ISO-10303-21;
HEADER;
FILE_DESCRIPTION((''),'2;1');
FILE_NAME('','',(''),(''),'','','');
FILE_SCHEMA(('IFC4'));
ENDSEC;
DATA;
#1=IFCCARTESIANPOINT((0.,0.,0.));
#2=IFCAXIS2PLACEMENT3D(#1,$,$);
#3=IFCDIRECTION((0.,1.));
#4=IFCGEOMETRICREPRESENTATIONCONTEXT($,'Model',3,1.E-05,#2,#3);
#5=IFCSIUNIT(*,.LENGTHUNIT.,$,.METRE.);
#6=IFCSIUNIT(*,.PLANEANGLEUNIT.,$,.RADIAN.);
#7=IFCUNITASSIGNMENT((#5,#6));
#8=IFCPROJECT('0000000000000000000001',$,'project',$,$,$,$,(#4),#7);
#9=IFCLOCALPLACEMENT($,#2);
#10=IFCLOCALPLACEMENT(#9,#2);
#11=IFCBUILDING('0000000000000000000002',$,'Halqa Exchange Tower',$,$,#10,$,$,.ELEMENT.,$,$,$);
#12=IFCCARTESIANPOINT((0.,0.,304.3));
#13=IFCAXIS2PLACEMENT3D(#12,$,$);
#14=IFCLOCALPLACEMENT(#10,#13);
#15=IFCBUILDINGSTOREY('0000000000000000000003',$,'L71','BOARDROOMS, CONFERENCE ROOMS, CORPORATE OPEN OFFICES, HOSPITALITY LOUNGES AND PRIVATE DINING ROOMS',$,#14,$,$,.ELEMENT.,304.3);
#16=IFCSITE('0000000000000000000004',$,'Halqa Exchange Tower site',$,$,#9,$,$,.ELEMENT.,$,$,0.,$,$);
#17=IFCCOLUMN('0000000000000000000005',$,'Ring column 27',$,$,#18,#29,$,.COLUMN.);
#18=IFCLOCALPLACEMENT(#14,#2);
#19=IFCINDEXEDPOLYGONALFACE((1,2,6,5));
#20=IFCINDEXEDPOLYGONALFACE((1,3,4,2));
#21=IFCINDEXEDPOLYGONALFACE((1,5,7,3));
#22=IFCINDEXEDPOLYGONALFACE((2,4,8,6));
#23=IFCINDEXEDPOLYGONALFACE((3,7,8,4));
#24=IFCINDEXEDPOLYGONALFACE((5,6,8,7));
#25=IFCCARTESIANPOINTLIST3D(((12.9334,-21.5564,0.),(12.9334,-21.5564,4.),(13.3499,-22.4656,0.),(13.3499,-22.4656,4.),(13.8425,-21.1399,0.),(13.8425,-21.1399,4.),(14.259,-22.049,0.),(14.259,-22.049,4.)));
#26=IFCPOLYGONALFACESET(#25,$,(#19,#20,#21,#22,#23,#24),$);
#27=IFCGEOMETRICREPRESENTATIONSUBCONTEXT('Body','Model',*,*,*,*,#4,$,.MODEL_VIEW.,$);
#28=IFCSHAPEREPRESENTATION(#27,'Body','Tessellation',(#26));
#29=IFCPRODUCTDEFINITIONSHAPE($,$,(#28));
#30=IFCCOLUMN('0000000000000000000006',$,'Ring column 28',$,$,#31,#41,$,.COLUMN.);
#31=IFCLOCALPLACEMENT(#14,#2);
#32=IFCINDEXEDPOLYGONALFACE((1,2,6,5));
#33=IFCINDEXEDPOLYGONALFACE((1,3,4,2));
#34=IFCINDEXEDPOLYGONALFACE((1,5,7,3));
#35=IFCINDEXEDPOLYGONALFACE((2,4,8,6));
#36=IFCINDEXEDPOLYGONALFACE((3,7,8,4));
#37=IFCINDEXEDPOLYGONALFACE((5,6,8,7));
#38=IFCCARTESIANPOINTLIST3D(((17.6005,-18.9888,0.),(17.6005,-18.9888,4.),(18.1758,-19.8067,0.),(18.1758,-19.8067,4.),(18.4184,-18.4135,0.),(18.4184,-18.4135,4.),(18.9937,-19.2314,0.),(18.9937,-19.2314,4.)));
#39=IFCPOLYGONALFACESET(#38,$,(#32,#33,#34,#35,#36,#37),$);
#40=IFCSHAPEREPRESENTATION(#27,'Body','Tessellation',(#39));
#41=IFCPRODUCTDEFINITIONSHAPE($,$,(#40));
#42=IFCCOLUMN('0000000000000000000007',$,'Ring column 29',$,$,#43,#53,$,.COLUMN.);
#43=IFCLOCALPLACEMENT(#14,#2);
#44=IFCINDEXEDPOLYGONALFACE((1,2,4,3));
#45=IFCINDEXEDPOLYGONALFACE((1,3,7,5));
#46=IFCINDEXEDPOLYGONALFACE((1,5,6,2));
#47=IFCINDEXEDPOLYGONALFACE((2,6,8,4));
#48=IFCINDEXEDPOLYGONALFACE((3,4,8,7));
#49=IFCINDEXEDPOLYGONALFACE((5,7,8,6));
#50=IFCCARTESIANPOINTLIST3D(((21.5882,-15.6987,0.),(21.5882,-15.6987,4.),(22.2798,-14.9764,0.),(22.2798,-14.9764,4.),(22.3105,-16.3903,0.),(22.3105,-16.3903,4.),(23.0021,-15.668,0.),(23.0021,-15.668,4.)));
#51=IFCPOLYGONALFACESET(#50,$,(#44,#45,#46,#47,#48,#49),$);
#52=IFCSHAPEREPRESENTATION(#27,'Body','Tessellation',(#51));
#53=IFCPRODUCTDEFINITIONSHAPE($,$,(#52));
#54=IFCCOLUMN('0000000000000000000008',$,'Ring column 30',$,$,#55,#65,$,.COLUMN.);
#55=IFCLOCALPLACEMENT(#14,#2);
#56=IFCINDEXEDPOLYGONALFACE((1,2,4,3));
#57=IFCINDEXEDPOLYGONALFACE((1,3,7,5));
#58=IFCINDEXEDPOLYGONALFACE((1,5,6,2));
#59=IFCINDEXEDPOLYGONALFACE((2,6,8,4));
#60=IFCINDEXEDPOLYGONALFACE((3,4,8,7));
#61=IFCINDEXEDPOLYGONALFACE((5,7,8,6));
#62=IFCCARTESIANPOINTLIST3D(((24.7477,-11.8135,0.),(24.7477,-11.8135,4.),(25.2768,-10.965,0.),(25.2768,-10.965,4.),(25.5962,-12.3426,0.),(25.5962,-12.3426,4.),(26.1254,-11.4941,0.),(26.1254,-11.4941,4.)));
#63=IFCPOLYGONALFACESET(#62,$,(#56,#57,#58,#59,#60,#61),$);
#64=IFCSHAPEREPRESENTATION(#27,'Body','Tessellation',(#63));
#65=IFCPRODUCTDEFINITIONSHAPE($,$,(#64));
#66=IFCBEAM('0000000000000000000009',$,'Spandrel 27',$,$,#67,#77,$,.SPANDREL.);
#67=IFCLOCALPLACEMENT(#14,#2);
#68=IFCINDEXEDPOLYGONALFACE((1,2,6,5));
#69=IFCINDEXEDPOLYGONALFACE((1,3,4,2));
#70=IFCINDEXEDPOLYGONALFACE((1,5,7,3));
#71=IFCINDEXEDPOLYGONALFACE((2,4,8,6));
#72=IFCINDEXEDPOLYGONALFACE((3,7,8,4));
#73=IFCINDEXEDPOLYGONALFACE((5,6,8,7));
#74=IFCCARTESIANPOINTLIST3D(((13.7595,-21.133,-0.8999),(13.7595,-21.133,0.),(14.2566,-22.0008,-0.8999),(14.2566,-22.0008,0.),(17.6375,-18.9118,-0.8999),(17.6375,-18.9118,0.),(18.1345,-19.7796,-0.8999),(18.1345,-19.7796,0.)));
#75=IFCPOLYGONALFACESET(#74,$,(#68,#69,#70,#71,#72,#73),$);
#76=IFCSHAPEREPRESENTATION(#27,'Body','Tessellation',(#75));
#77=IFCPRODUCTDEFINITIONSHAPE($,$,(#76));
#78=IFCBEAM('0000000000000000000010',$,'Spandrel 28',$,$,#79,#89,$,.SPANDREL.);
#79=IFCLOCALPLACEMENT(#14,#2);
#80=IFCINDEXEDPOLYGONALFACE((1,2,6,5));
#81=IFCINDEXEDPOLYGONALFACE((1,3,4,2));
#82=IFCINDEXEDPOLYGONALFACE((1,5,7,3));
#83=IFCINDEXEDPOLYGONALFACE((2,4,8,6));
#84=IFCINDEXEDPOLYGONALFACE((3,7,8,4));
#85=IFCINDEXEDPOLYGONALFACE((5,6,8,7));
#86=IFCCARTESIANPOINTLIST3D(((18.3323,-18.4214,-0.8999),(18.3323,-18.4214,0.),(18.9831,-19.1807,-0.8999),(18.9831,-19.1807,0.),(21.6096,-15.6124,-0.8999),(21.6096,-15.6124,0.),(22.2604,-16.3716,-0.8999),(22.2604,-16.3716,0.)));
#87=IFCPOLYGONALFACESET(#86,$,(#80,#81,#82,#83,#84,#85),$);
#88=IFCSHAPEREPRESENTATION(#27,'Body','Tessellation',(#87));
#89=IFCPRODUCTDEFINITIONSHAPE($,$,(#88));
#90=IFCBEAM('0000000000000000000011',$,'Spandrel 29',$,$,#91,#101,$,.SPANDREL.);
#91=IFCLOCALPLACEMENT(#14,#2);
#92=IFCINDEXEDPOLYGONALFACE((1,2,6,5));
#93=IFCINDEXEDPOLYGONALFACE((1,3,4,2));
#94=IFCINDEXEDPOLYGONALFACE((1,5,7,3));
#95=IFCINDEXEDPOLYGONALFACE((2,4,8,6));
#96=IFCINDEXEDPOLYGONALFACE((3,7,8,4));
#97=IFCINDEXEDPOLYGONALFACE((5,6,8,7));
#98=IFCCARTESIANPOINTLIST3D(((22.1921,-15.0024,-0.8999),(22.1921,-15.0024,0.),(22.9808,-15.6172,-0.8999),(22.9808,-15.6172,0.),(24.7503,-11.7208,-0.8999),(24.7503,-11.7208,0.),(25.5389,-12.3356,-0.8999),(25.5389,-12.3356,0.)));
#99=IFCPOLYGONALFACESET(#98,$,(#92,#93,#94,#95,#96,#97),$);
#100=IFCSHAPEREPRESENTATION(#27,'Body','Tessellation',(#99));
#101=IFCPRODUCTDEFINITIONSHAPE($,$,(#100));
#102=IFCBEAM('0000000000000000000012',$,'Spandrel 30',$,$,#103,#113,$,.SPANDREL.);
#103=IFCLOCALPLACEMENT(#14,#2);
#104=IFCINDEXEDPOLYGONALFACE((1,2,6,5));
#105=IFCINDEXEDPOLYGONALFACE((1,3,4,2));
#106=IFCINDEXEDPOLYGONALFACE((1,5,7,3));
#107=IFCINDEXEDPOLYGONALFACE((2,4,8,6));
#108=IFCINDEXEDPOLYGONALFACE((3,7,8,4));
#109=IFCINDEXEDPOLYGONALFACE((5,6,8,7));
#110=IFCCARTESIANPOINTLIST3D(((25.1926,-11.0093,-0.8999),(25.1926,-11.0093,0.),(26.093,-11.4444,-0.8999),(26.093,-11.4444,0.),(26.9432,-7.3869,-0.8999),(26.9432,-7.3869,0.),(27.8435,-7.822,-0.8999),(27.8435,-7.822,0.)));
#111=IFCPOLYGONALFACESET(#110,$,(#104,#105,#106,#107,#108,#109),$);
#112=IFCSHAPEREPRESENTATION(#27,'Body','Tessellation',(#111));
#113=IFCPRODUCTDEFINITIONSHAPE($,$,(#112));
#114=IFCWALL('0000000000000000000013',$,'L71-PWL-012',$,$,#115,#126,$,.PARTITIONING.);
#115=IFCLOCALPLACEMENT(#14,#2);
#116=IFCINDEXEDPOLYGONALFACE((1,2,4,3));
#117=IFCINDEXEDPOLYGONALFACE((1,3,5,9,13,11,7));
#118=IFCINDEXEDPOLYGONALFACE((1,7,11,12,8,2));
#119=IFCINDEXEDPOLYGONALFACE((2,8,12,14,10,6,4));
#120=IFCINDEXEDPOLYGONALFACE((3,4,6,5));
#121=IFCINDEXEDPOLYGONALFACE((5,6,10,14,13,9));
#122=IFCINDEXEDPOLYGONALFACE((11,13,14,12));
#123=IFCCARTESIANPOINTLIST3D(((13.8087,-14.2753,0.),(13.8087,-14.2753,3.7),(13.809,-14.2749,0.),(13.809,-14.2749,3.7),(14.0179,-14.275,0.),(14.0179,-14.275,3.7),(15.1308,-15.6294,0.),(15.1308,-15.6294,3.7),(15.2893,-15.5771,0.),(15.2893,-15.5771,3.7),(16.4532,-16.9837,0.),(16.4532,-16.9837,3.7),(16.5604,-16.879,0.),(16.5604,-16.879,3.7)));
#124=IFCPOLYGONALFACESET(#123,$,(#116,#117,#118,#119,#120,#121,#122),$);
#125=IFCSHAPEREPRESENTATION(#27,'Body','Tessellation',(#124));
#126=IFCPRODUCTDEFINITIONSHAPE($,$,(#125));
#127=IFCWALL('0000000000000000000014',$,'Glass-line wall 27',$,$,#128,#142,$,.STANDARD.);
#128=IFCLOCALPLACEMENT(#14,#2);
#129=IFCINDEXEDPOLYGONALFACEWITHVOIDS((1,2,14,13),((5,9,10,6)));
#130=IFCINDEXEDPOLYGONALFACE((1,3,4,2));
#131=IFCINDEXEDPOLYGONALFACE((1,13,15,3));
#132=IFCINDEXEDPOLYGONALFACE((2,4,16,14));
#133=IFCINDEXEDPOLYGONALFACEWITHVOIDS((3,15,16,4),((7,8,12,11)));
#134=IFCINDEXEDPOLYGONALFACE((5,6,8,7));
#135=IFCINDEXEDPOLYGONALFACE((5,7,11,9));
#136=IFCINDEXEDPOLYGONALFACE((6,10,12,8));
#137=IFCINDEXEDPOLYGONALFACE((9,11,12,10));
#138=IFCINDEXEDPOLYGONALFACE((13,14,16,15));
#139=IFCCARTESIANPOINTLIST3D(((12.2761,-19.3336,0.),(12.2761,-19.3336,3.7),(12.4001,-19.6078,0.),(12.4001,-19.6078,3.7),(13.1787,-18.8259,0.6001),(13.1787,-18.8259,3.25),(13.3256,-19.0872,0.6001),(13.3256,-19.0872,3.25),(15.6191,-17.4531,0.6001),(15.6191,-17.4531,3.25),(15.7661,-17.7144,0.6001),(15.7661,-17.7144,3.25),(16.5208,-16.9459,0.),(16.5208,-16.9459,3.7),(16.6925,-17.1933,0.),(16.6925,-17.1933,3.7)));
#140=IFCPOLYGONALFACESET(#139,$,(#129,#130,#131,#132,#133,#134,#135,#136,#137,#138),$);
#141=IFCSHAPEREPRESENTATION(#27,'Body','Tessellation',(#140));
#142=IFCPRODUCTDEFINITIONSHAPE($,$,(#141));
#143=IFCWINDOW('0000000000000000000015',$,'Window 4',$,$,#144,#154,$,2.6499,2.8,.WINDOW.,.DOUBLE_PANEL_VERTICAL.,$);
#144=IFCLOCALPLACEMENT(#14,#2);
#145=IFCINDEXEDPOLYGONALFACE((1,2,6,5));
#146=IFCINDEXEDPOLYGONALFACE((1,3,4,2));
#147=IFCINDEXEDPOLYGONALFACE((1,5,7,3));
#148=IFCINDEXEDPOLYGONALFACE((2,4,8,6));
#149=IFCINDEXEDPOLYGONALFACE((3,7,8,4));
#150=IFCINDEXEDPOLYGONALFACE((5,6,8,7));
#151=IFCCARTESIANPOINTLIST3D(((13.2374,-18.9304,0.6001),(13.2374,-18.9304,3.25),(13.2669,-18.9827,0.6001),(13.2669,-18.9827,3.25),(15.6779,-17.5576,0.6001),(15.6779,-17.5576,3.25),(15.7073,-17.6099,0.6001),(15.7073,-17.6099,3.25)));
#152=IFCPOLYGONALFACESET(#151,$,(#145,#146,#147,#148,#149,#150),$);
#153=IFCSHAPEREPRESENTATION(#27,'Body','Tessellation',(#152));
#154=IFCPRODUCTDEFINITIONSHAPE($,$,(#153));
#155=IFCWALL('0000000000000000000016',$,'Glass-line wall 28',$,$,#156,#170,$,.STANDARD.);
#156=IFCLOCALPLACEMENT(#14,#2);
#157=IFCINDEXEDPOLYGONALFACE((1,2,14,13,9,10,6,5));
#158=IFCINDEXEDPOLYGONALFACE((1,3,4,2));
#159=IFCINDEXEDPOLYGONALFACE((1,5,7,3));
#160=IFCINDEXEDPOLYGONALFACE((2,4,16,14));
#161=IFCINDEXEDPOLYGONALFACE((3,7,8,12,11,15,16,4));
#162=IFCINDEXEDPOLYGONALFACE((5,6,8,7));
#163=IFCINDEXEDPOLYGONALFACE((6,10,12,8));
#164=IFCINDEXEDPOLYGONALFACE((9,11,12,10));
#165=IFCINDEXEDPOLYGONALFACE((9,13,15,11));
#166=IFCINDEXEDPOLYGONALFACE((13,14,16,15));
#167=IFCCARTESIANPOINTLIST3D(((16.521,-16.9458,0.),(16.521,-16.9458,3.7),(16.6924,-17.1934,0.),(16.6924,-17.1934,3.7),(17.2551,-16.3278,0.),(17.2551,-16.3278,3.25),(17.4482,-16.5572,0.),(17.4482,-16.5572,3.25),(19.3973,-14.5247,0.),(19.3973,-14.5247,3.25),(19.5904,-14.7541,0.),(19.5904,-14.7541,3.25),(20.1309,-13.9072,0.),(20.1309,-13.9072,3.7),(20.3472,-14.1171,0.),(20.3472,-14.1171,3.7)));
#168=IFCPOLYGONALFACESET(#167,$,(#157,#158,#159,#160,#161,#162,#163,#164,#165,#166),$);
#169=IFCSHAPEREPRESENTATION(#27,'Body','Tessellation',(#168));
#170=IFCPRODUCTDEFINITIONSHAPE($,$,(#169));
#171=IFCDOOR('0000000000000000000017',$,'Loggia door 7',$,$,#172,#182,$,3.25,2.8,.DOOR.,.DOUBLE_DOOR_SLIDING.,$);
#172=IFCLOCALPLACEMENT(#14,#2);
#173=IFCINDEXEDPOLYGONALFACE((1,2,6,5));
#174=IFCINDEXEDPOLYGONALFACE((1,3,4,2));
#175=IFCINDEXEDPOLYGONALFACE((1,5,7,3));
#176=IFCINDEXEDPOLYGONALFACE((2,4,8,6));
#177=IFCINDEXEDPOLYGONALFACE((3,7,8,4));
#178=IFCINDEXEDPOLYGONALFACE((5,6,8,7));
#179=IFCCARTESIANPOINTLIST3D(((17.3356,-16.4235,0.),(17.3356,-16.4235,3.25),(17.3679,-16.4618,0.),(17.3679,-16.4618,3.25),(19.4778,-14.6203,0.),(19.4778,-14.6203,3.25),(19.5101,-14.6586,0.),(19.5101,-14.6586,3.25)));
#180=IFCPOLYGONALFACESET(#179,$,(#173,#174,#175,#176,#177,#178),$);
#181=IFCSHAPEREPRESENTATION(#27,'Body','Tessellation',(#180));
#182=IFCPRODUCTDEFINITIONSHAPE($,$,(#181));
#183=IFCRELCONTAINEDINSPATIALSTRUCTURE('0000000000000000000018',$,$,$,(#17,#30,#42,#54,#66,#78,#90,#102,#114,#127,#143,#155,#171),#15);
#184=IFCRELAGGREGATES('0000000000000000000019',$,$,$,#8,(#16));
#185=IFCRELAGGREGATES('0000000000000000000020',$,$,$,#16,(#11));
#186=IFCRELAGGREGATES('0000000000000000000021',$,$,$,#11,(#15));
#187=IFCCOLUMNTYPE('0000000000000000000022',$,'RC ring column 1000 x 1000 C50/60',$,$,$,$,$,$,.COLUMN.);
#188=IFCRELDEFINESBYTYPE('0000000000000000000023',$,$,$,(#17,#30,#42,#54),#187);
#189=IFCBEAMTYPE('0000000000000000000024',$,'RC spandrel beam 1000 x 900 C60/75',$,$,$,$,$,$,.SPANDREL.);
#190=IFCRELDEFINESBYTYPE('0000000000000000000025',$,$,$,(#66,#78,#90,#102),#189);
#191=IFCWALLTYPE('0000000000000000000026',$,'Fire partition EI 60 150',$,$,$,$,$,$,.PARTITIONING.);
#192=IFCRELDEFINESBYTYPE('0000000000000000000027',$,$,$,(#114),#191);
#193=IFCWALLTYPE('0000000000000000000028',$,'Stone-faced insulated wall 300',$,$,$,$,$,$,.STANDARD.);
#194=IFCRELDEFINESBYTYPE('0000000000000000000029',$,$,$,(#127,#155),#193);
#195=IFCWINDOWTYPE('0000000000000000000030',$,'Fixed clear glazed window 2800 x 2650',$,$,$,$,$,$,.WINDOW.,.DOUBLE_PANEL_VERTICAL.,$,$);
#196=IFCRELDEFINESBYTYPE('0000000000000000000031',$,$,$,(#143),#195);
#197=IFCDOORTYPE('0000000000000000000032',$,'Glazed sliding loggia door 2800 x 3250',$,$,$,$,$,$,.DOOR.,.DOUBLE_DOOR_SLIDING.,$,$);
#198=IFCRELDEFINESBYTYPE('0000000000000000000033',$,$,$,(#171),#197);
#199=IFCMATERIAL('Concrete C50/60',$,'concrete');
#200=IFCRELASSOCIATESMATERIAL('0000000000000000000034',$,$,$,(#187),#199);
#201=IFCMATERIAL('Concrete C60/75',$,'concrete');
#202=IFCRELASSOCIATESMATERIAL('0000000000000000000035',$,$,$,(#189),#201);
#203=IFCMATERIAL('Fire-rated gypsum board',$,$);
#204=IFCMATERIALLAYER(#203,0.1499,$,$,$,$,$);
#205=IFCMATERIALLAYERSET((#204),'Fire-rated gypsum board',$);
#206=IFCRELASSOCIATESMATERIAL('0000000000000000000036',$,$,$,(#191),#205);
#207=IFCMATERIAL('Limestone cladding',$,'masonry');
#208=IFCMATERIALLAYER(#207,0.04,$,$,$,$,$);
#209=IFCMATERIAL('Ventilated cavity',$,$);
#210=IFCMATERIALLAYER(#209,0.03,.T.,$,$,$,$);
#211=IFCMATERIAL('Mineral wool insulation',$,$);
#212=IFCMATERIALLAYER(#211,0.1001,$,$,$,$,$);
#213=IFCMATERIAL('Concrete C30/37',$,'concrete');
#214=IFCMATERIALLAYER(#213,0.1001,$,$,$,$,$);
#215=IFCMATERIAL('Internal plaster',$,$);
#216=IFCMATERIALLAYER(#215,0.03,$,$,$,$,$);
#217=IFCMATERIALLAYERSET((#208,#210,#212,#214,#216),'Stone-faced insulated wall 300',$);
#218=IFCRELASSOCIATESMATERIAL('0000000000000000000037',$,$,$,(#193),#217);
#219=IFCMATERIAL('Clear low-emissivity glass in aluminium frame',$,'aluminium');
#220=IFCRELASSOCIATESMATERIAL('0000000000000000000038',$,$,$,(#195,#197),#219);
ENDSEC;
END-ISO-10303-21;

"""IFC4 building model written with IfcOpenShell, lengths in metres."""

from ifc_helpers import new_model, si_unit, direction, frame, frame_2d, origin, origin_2d, place, context, subcontext, project, spatial, polyline, rectangle, outline, extrude, material, layer, layer_set, material_profile, profile_set, type_object, element, fill, save


model = new_model("IFC4")

# Units and contexts
model_context = context("Model", 3, precision=1e-05, world=origin(), true_north=direction((0.0, 1.0)))
body_context = subcontext(model_context, "Body", "Model", "MODEL_VIEW")
ifc_project = project(units=[si_unit("LENGTHUNIT", "METRE"), si_unit("PLANEANGLEUNIT", "RADIAN")], contexts=[model_context])

# Site, building, storey
site_placement = place(None, origin())
site = spatial("IfcSite", under=ifc_project, at=site_placement, Name="Halqa Exchange Tower site", CompositionType="ELEMENT", RefElevation=0.0)
building_placement = place(site_placement, origin())
building = spatial("IfcBuilding", under=site, at=building_placement, Name="Halqa Exchange Tower", CompositionType="ELEMENT")
storey_placement = place(building_placement, frame((0.0, 0.0, 304.3)))
storey = spatial("IfcBuildingStorey", under=building, at=storey_placement, Name="L71", Description="BOARDROOMS, CONFERENCE ROOMS, CORPORATE OPEN OFFICES, HOSPITALITY LOUNGES AND PRIVATE DINING ROOMS", CompositionType="ELEMENT", Elevation=304.3)

# Columns
ifc_material_1 = material(Name="Concrete C50/60", Category="concrete")
ifc_material_profile_1 = material_profile(ifc_material_1, rectangle(XDim=1.0, YDim=1.0, at=origin_2d()), Name="1000 x 1000")
ifc_profile_set_1 = profile_set([ifc_material_profile_1], Name="Concrete C50/60")
column_type = type_object("IfcColumnType", Name="RC ring column 1000 x 1000 C50/60", PredefinedType="COLUMN", material=ifc_profile_set_1)
for number, where, z_axis, x_axis, name in (
    (1, (13.5962, -21.8027, 0.0), (0.0, 0.0, 1.0), (0.909126, 0.41652, 0.0), "Ring column 27"),
    (2, (18.2971, -19.1101, 0.0), (0.0, 0.0, 1.0), (0.817904, 0.575355, 0.0), "Ring column 28"),
    (3, (22.2952, -15.6833, 0.0), (0.0, 0.0, 1.0), (0.691581, 0.722299, 0.0), "Ring column 29"),
    (4, (25.4365, -11.6538, 0.0), (0.0, 0.0, 1.0), (0.529151, 0.848528, 0.0), "Ring column 30"),
):
    element("IfcColumn", number, at=place(storey_placement, frame(where, z_axis=z_axis, x_axis=x_axis)), inside=storey, type_object=column_type, Name=name, PredefinedType="COLUMN", context=body_context, shape_type="SweptSolid", body=[
        extrude(rectangle(XDim=1.0, YDim=1.0, at=origin_2d()), origin(), (0.0, 0.0, 1.0), 4.0),
    ])

# Beams
ifc_material_2 = material(Name="Concrete C60/75", Category="concrete")
ifc_material_profile_2 = material_profile(ifc_material_2, rectangle(XDim=1.0, YDim=0.8999, at=origin_2d()), Name="1000 x 900")
ifc_profile_set_2 = profile_set([ifc_material_profile_2], Name="Concrete C60/75")
beam_type = type_object("IfcBeamType", Name="RC spandrel beam 1000 x 900 C60/75", PredefinedType="SPANDREL", material=ifc_profile_set_2)
beam_1_placement = place(storey_placement, frame((14.0081, -21.5669, -0.45), z_axis=(0.867738, 0.497021, 0.0), x_axis=(-0.497021, 0.867738, 0.0)))
element("IfcBeam", 5, at=beam_1_placement, inside=storey, type_object=beam_type, Name="Spandrel 27", PredefinedType="SPANDREL", context=body_context, shape_type="SweptSolid", body=[
    extrude(rectangle(XDim=1.0, YDim=0.8999, at=origin_2d()), origin(), (0.0, 0.0, 1.0), 4.469),
])
beam_2_placement = place(storey_placement, frame((18.6577, -18.801, -0.45), z_axis=(0.759265, 0.650782, 0.0), x_axis=(-0.650782, 0.759265, 0.0)))
element("IfcBeam", 6, at=beam_2_placement, inside=storey, type_object=beam_type, Name="Spandrel 28", PredefinedType="SPANDREL", context=body_context, shape_type="SweptSolid", body=[
    extrude(rectangle(XDim=1.0, YDim=0.8999, at=origin_2d()), origin(), (0.0, 0.0, 1.0), 4.3164),
])
beam_3_placement = place(storey_placement, frame((22.5864, -15.3098, -0.45), z_axis=(0.614814, 0.788672, 0.0), x_axis=(-0.788672, 0.614814, 0.0)))
element("IfcBeam", 7, at=beam_3_placement, inside=storey, type_object=beam_type, Name="Spandrel 29", PredefinedType="SPANDREL", context=body_context, shape_type="SweptSolid", body=[
    extrude(rectangle(XDim=1.0, YDim=0.8999, at=origin_2d()), origin(), (0.0, 0.0, 1.0), 4.1609),
])
beam_4_placement = place(storey_placement, frame((25.6428, -11.2268, -0.45), z_axis=(0.435109, 0.900378, 0.0), x_axis=(-0.900378, 0.435109, 0.0)))
element("IfcBeam", 8, at=beam_4_placement, inside=storey, type_object=beam_type, Name="Spandrel 30", PredefinedType="SPANDREL", context=body_context, shape_type="SweptSolid", body=[
    extrude(rectangle(XDim=1.0, YDim=0.8999, at=origin_2d()), origin(), (0.0, 0.0, 1.0), 4.0232),
])

# Wall
ifc_material_3 = material(Name="Fire-rated gypsum board")
ifc_layer_1 = layer(ifc_material_3, 0.1499)
ifc_layer_set_1 = layer_set([ifc_layer_1], Name="Fire-rated gypsum board")
wall_type_1 = type_object("IfcWallType", Name="Fire partition EI 60 150", PredefinedType="PARTITIONING", material=ifc_layer_set_1)
wall_1_placement = place(storey_placement, frame((13.8623, -14.2229, 0.0), z_axis=(0.0, 0.0, 1.0), x_axis=(0.698607, -0.715505, 0.0)))
element("IfcWall", 9, at=wall_1_placement, inside=storey, type_object=wall_type_1, Name="L71-PWL-012", PredefinedType="PARTITIONING", context=body_context, shape_type="SweptSolid", body=[
    extrude(outline(polyline([(3.7854, 0.075), (1.9658, 0.075), (0.146, 0.075), (0.0, -0.0745), (0.0, -0.075), (1.8926, -0.075), (3.7854, -0.075), (3.7854, 0.075)])), origin(), (0.0, 0.0, 1.0), 3.7),
])

# Wall, opening, window
ifc_material_4 = material(Name="Limestone cladding", Category="masonry")
ifc_layer_2 = layer(ifc_material_4, 0.04)
ifc_material_5 = material(Name="Ventilated cavity")
ifc_layer_3 = layer(ifc_material_5, 0.03, ventilated=True)
ifc_material_6 = material(Name="Mineral wool insulation")
ifc_layer_4 = layer(ifc_material_6, 0.1001)
ifc_material_7 = material(Name="Concrete C30/37", Category="concrete")
ifc_layer_5 = layer(ifc_material_7, 0.1001)
ifc_material_8 = material(Name="Internal plaster")
ifc_layer_6 = layer(ifc_material_8, 0.03)
ifc_layer_set_2 = layer_set([ifc_layer_2, ifc_layer_3, ifc_layer_4, ifc_layer_5, ifc_layer_6], Name="Stone-faced insulated wall 300")
wall_type_2 = type_object("IfcWallType", Name="Stone-faced insulated wall 300", PredefinedType="STANDARD", material=ifc_layer_set_2)
wall_2_placement = place(storey_placement, frame((12.3381, -19.4707, 0.0), z_axis=(0.0, 0.0, 1.0), x_axis=(0.87157, 0.490271, 0.0)))
wall_2 = element("IfcWall", 10, at=wall_2_placement, inside=storey, type_object=wall_type_2, Name="Glass-line wall 27", PredefinedType="STANDARD", context=body_context, shape_type="SweptSolid", body=[
    extrude(outline(polyline([(-0.0132, -0.1499), (4.9116, -0.1499), (4.8833, 0.1499), (0.0132, 0.1499), (-0.0132, -0.1499)])), origin(), (0.0, 0.0, 1.0), 3.7),
])
opening_1_placement = place(wall_2_placement, frame((1.0488, 0.0, 0.6001)))
opening_1 = element("IfcOpeningElement", 11, at=opening_1_placement, cuts=wall_2, PredefinedType="OPENING", context=body_context, shape_type="SweptSolid", body=[
    extrude(rectangle(XDim=2.8, YDim=2.6499, at=frame_2d((1.3999, 1.325))), frame((0.0, 0.1621, 0.0), z_axis=(0.0, -1.0, 0.0), x_axis=(1.0, 0.0, 0.0)), (0.0, 0.0, 1.0), 0.324),
])
ifc_material_9 = material(Name="Clear low-emissivity glass in aluminium frame", Category="aluminium")
window_type = type_object("IfcWindowType", Name="Fixed clear glazed window 2800 x 2650", PartitioningType="DOUBLE_PANEL_VERTICAL", PredefinedType="WINDOW", material=ifc_material_9)
window_1_placement = place(opening_1_placement, origin())
window_1 = element("IfcWindow", 12, at=window_1_placement, inside=storey, type_object=window_type, Name="Window 4", OverallHeight=2.6499, OverallWidth=2.8, PartitioningType="DOUBLE_PANEL_VERTICAL", PredefinedType="WINDOW", context=body_context, shape_type="SweptSolid", body=[
    extrude(rectangle(XDim=2.8, YDim=2.6499, at=frame_2d((1.3999, 1.325))), frame((0.0, 0.03, 0.0), z_axis=(0.0, -1.0, 0.0), x_axis=(1.0, 0.0, 0.0)), (0.0, 0.0, 1.0), 0.0601),
])
fill(opening_1, window_1)

# Wall, opening, door
wall_3_placement = place(storey_placement, frame((16.6067, -17.0696, 0.0), z_axis=(0.0, 0.0, 1.0), x_axis=(0.765059, 0.64396, 0.0)))
wall_3 = element("IfcWall", 13, at=wall_3_placement, inside=storey, type_object=wall_type_2, Name="Glass-line wall 28", PredefinedType="STANDARD", context=body_context, shape_type="SweptSolid", body=[
    extrude(outline(polyline([(-0.0142, -0.1499), (4.7629, -0.1499), (4.7327, 0.1499), (0.0142, 0.1499), (-0.0142, -0.1499)])), origin(), (0.0, 0.0, 1.0), 3.7),
])
opening_2_placement = place(wall_3_placement, frame((0.9739, 0.0, 0.0)))
opening_2 = element("IfcOpeningElement", 14, at=opening_2_placement, cuts=wall_3, PredefinedType="OPENING", context=body_context, shape_type="SweptSolid", body=[
    extrude(rectangle(XDim=2.8, YDim=3.25, at=frame_2d((1.3999, 1.625))), frame((0.0, 0.1621, 0.0), z_axis=(0.0, -1.0, 0.0), x_axis=(1.0, 0.0, 0.0)), (0.0, 0.0, 1.0), 0.324),
])
door_type_1 = type_object("IfcDoorType", Name="Glazed sliding loggia door 2800 x 3250", OperationType="DOUBLE_DOOR_SLIDING", PredefinedType="DOOR", material=ifc_material_9)
door_1_placement = place(opening_2_placement, origin())
door_1 = element("IfcDoor", 15, at=door_1_placement, inside=storey, type_object=door_type_1, Name="Loggia door 7", OperationType="DOUBLE_DOOR_SLIDING", OverallHeight=3.25, OverallWidth=2.8, PredefinedType="DOOR", context=body_context, shape_type="SweptSolid", body=[
    extrude(rectangle(XDim=2.8, YDim=3.25, at=frame_2d((1.3999, 1.625))), frame((0.0, 0.0249, 0.0), z_axis=(0.0, -1.0, 0.0), x_axis=(1.0, 0.0, 0.0)), (0.0, 0.0, 1.0), 0.05),
])
fill(opening_2, door_1)

save(model, "model.ifc")
